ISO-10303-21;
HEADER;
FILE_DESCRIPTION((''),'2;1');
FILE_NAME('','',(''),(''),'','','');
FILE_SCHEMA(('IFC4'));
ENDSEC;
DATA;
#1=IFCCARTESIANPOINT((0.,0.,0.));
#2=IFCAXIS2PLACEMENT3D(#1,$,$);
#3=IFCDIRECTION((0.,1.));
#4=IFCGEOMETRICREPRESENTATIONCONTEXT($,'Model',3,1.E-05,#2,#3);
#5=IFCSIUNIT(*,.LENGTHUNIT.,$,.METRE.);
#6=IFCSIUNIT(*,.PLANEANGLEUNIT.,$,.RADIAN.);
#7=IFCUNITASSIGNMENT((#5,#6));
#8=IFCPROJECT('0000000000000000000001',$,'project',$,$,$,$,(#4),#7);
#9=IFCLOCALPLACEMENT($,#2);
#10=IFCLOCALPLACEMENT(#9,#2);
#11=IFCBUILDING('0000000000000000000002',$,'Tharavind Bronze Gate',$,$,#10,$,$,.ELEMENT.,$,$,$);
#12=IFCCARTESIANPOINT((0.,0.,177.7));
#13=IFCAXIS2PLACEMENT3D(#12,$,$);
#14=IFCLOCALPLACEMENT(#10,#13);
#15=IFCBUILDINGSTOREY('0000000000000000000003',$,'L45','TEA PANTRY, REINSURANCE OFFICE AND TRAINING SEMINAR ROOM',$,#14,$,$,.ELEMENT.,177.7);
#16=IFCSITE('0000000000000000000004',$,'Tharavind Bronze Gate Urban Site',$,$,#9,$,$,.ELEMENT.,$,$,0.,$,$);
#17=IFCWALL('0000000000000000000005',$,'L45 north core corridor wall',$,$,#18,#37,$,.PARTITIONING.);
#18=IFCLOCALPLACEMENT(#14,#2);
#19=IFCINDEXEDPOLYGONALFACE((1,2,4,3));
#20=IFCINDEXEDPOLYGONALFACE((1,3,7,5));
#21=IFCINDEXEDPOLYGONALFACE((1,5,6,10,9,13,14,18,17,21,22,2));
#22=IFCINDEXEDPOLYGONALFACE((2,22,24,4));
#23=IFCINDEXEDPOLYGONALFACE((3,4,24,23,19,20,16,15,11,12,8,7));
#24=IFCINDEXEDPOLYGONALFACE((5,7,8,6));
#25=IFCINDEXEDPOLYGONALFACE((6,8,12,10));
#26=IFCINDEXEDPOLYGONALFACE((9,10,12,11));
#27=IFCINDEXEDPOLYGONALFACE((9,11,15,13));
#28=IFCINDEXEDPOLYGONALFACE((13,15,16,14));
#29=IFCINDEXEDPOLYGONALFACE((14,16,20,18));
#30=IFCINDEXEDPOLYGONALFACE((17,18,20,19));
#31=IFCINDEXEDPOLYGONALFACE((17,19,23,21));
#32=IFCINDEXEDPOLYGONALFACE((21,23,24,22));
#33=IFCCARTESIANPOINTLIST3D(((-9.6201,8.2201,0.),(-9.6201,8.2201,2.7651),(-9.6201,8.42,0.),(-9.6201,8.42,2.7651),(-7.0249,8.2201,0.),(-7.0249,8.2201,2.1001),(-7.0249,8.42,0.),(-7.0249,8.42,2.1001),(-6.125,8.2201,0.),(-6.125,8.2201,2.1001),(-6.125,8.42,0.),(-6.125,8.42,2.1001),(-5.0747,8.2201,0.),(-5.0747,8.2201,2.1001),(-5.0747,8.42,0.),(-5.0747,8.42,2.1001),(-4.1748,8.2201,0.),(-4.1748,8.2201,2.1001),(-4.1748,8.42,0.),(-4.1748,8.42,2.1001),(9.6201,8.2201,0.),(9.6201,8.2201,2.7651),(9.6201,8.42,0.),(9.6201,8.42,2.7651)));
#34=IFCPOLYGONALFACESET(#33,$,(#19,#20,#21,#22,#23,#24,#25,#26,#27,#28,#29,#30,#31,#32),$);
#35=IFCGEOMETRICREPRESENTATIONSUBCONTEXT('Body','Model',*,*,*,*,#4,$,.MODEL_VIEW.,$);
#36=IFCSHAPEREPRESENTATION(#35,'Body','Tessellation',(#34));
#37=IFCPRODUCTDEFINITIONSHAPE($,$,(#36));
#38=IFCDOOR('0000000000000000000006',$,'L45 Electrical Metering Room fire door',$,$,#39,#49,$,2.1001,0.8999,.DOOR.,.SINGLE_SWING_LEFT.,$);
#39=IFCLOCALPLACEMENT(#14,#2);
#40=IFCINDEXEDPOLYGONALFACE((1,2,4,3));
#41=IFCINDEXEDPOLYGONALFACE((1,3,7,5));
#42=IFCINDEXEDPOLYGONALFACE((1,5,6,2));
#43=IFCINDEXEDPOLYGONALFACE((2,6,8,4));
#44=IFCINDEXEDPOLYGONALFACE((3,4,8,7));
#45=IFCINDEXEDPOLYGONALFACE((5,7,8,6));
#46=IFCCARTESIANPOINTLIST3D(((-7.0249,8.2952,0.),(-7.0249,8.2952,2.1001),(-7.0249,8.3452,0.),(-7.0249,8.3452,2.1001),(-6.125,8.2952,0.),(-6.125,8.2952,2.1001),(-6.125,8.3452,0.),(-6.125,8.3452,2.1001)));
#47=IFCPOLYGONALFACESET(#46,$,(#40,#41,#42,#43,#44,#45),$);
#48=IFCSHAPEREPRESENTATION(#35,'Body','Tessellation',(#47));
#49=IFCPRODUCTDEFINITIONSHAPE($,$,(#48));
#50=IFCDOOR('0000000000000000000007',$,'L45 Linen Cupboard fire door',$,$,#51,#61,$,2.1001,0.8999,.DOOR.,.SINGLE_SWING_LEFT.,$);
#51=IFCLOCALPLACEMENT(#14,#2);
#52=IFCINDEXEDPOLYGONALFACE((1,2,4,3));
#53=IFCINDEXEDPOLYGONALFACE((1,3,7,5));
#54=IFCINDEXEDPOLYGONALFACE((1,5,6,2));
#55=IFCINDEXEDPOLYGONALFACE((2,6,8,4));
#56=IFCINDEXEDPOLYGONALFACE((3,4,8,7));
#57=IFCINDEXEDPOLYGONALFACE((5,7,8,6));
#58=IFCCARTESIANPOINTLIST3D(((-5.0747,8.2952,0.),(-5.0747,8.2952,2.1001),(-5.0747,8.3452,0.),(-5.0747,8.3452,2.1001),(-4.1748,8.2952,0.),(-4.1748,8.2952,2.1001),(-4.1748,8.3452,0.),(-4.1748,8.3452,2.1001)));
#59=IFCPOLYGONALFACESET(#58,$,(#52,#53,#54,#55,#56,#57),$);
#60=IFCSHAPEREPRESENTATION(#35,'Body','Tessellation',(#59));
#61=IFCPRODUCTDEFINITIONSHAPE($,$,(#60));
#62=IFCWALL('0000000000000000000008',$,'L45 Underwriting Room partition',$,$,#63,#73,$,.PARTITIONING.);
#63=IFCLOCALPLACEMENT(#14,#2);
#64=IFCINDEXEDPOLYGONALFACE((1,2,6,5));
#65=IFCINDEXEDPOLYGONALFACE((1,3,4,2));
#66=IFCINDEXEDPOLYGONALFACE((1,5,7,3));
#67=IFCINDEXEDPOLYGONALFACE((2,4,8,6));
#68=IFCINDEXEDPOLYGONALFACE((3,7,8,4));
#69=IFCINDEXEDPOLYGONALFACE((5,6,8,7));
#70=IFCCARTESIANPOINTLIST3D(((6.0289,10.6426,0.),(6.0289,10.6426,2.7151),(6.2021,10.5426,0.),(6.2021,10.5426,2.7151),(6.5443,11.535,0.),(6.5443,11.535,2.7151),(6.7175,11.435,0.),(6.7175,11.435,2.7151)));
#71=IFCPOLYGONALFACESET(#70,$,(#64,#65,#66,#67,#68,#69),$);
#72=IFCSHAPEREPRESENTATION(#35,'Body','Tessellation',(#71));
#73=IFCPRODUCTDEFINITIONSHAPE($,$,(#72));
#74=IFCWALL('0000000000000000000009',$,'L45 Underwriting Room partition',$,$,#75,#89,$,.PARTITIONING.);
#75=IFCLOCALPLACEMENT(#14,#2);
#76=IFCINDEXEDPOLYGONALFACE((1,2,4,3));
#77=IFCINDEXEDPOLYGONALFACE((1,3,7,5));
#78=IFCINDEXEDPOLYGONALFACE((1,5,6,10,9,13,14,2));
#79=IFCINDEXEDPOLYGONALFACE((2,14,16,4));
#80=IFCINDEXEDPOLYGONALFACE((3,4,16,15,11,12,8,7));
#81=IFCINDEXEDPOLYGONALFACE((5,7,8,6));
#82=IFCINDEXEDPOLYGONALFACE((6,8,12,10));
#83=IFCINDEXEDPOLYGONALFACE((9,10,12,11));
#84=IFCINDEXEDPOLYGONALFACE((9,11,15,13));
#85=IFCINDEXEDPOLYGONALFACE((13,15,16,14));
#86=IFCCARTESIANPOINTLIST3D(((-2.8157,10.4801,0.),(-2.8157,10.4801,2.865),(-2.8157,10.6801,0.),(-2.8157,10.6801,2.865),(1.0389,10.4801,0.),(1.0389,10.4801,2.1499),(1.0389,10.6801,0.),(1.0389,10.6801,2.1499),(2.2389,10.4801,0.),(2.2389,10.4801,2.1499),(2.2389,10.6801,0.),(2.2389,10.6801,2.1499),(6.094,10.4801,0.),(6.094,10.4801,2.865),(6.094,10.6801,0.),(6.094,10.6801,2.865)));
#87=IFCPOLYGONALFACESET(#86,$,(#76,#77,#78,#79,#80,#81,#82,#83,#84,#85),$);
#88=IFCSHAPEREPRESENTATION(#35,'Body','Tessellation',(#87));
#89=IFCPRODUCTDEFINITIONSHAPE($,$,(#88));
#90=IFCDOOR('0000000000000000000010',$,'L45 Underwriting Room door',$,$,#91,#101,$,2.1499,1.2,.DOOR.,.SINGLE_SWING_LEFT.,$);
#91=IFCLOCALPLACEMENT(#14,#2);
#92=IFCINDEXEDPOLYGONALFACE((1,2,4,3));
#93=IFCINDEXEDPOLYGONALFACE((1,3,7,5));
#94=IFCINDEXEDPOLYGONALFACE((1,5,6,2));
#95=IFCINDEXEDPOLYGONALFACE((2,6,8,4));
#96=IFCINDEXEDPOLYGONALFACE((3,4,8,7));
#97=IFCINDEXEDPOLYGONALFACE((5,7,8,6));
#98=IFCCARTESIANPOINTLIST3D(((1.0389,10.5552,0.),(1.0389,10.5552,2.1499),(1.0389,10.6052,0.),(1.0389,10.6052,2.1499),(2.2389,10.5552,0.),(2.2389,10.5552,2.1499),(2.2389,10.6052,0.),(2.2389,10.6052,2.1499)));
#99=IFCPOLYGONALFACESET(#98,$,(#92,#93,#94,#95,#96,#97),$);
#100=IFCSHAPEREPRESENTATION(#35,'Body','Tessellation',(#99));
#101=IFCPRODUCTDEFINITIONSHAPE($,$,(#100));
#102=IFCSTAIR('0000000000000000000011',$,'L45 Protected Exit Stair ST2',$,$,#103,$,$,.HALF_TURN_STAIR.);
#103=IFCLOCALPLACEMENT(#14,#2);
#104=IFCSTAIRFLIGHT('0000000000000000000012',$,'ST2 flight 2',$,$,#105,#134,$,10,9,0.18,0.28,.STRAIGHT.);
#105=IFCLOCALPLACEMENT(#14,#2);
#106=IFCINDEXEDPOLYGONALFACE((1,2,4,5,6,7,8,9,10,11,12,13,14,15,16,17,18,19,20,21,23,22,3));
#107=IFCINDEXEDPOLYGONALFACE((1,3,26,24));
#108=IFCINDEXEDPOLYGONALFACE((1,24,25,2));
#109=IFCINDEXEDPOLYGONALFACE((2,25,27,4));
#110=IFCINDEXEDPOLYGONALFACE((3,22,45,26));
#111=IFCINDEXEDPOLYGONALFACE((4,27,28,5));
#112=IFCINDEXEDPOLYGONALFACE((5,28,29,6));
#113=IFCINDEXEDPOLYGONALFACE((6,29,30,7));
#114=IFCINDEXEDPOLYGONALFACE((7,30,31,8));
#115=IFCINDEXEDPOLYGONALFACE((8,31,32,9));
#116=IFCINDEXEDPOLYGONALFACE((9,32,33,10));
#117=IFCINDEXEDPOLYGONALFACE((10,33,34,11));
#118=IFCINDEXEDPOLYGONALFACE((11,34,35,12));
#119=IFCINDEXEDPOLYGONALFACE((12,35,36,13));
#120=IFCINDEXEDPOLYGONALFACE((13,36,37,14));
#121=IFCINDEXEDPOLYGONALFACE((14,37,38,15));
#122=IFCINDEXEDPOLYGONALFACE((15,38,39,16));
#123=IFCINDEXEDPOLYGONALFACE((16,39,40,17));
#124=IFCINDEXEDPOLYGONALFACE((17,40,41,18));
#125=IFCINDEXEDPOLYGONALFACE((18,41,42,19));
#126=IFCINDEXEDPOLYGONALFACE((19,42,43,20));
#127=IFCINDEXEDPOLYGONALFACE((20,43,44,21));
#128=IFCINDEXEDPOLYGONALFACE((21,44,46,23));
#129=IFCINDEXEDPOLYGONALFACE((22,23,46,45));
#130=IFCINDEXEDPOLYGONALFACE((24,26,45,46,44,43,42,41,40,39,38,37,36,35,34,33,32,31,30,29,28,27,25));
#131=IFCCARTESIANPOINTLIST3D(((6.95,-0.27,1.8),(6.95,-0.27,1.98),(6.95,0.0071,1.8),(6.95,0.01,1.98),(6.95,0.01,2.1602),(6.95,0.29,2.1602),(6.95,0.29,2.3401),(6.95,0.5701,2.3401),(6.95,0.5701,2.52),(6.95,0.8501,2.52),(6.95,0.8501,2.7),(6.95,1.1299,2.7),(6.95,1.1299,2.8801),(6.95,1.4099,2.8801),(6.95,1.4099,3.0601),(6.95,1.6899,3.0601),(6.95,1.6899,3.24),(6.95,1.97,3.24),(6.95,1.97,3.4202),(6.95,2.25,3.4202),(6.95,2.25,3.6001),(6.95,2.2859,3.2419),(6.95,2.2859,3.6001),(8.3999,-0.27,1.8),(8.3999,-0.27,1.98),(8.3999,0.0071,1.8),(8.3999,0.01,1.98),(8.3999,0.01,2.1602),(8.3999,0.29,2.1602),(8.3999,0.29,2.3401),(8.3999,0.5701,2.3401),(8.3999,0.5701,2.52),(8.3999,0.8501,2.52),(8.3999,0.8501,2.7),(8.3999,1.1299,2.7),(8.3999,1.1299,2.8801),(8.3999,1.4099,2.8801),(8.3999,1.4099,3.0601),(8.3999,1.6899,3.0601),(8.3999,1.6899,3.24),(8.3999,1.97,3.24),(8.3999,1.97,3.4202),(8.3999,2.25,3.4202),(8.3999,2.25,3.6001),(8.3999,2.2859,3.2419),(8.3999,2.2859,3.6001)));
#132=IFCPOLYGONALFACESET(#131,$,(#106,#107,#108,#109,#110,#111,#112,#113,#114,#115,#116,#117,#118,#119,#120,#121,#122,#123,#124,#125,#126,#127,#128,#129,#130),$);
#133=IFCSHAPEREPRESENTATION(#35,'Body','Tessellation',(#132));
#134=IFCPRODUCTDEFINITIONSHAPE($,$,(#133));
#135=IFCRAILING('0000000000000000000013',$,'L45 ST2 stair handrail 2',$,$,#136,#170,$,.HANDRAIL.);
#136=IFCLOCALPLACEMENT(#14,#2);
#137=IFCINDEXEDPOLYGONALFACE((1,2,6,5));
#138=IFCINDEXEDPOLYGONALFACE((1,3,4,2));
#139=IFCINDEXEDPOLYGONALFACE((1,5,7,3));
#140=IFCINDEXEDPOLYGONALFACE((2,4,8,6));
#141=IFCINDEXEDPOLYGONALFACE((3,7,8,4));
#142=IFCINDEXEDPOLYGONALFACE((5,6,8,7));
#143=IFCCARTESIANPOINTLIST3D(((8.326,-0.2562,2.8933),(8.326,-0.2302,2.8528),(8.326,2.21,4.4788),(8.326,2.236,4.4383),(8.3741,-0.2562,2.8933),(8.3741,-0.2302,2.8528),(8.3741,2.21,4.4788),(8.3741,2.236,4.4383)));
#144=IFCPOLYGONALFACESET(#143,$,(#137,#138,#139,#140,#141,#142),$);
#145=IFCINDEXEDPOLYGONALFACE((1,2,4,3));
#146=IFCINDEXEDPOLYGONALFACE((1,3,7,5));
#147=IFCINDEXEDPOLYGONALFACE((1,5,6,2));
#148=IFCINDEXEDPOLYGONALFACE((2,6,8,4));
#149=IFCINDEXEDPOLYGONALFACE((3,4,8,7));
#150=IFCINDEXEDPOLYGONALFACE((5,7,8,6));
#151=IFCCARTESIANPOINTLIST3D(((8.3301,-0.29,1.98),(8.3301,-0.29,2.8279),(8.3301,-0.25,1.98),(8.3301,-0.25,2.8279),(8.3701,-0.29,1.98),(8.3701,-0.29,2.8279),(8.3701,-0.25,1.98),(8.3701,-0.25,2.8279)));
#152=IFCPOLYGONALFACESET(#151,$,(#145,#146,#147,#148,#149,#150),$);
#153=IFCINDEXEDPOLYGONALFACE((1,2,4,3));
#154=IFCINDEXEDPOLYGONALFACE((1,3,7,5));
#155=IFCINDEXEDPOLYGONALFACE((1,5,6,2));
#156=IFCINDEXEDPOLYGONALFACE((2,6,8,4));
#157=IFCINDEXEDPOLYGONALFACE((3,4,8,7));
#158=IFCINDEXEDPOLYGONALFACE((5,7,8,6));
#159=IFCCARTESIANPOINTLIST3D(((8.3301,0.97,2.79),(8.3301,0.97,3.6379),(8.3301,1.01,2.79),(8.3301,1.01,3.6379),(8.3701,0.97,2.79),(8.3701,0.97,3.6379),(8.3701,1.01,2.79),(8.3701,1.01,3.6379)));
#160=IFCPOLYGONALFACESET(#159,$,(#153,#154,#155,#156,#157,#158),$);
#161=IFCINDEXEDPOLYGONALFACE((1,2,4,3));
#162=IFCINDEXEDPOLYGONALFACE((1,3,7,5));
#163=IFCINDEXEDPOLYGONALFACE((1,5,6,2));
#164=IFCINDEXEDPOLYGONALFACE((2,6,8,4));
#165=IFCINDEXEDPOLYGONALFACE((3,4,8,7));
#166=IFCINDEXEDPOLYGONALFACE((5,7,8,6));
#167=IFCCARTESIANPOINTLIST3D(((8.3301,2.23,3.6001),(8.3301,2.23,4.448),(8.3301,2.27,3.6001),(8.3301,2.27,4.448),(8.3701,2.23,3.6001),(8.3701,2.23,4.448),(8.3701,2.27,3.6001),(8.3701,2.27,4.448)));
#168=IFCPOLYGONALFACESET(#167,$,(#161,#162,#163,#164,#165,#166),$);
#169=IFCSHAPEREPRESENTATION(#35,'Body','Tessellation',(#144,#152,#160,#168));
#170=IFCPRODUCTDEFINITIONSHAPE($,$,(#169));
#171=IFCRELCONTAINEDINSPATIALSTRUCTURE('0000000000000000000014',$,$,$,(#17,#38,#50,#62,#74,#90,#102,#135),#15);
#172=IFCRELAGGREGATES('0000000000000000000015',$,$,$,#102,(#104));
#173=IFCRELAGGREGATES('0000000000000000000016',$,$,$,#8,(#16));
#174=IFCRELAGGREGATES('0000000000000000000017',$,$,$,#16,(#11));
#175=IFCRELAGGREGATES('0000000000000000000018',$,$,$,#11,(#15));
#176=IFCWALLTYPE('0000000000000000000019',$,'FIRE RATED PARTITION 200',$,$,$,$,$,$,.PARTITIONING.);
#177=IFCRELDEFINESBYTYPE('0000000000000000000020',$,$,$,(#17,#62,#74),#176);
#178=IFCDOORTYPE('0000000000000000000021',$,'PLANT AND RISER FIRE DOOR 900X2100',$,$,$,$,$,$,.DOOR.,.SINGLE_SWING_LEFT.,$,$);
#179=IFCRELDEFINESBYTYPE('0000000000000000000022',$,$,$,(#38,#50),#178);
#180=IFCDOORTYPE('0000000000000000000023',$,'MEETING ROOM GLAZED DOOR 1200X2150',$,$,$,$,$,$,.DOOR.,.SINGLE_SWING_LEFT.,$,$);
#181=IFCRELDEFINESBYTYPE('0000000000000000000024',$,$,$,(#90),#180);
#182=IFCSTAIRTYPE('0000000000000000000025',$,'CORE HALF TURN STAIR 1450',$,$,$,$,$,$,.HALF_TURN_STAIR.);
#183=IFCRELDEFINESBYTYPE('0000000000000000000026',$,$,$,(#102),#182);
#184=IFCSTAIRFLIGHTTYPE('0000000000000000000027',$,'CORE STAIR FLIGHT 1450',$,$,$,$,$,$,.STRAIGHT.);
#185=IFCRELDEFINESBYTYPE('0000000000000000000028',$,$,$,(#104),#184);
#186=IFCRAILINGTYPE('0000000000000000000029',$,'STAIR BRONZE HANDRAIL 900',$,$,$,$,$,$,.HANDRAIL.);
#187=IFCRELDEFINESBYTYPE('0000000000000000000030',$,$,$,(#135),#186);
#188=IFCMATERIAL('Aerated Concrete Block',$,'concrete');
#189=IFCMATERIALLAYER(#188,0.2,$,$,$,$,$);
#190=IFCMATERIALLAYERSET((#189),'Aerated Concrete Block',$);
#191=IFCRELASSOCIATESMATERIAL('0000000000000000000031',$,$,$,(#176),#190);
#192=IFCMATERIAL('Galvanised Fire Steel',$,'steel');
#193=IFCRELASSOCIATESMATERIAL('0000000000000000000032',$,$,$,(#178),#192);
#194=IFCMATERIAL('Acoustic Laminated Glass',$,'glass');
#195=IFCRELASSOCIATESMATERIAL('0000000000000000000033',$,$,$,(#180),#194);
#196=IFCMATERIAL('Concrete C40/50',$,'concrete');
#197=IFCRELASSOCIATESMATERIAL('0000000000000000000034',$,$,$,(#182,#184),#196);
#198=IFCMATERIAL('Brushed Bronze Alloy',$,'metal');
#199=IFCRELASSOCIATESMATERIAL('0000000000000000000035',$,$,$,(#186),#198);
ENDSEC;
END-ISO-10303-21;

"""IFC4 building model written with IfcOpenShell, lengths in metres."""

from ifc_helpers import new_model, si_unit, direction, frame, frame_2d, origin, origin_2d, place, context, subcontext, project, spatial, polyline, rectangle, outline, extrude, material, layer, layer_set, type_object, element, fill, aggregate, save


model = new_model("IFC4")

# Units and contexts
model_context = context("Model", 3, precision=1e-05, world=origin(), true_north=direction((0.0, 1.0)))
body_context = subcontext(model_context, "Body", "Model", "MODEL_VIEW")
ifc_project = project(units=[si_unit("LENGTHUNIT", "METRE"), si_unit("PLANEANGLEUNIT", "RADIAN")], contexts=[model_context])

# Site, building, storey
site_placement = place(None, origin())
site = spatial("IfcSite", under=ifc_project, at=site_placement, Name="Tharavind Bronze Gate Urban Site", CompositionType="ELEMENT", RefElevation=0.0)
building_placement = place(site_placement, origin())
building = spatial("IfcBuilding", under=site, at=building_placement, Name="Tharavind Bronze Gate", CompositionType="ELEMENT")
storey_placement = place(building_placement, frame((0.0, 0.0, 177.7)))
storey = spatial("IfcBuildingStorey", under=building, at=storey_placement, Name="L45", Description="TEA PANTRY, REINSURANCE OFFICE AND TRAINING SEMINAR ROOM", CompositionType="ELEMENT", Elevation=177.7)

# Wall, openings, doors
ifc_material_1 = material(Name="Aerated Concrete Block", Category="concrete")
ifc_layer_1 = layer(ifc_material_1, 0.2)
ifc_layer_set_1 = layer_set([ifc_layer_1], Name="Aerated Concrete Block")
wall_type = type_object("IfcWallType", Name="FIRE RATED PARTITION 200", PredefinedType="PARTITIONING", material=ifc_layer_set_1)
wall_1_placement = place(storey_placement, frame((9.6201, 8.3201, 0.0), z_axis=(0.0, 0.0, 1.0), x_axis=(-1.0, 0.0, 0.0)))
wall_1 = element("IfcWall", 1, at=wall_1_placement, inside=storey, type_object=wall_type, Name="L45 north core corridor wall", PredefinedType="PARTITIONING", context=body_context, shape_type="SweptSolid", body=[
    extrude(rectangle(XDim=19.2402, YDim=0.2, at=frame_2d((9.6201, 0.0))), origin(), (0.0, 0.0, 1.0), 2.7651),
])
opening_1_placement = place(wall_1_placement, frame((15.7451, 0.0, 0.0)))
opening_1 = element("IfcOpeningElement", 2, at=opening_1_placement, cuts=wall_1, PredefinedType="OPENING", context=body_context, shape_type="SweptSolid", body=[
    extrude(rectangle(XDim=0.8999, YDim=2.1001, at=frame_2d((0.45, 1.05))), frame((0.0, 0.1101, 0.0), z_axis=(0.0, -1.0, 0.0), x_axis=(1.0, 0.0, 0.0)), (0.0, 0.0, 1.0), 0.22),
])
opening_2_placement = place(wall_1_placement, frame((13.7949, 0.0, 0.0)))
opening_2 = element("IfcOpeningElement", 3, at=opening_2_placement, cuts=wall_1, PredefinedType="OPENING", context=body_context, shape_type="SweptSolid", body=[
    extrude(rectangle(XDim=0.8999, YDim=2.1001, at=frame_2d((0.45, 1.05))), frame((0.0, 0.1101, 0.0), z_axis=(0.0, -1.0, 0.0), x_axis=(1.0, 0.0, 0.0)), (0.0, 0.0, 1.0), 0.22),
])
ifc_material_2 = material(Name="Galvanised Fire Steel", Category="steel")
door_type_1 = type_object("IfcDoorType", Name="PLANT AND RISER FIRE DOOR 900X2100", OperationType="SINGLE_SWING_LEFT", PredefinedType="DOOR", material=ifc_material_2)
door_1_placement = place(opening_1_placement, origin())
door_1 = element("IfcDoor", 4, at=door_1_placement, inside=storey, type_object=door_type_1, Name="L45 Electrical Metering Room fire door", OperationType="SINGLE_SWING_LEFT", OverallHeight=2.1001, OverallWidth=0.8999, PredefinedType="DOOR", context=body_context, shape_type="SweptSolid", body=[
    extrude(rectangle(XDim=0.8999, YDim=2.1001, at=frame_2d((0.45, 1.05))), frame((0.0, 0.0249, 0.0), z_axis=(0.0, -1.0, 0.0), x_axis=(1.0, 0.0, 0.0)), (0.0, 0.0, 1.0), 0.05),
])
fill(opening_1, door_1)
door_2_placement = place(opening_2_placement, origin())
door_2 = element("IfcDoor", 5, at=door_2_placement, inside=storey, type_object=door_type_1, Name="L45 Linen Cupboard fire door", OperationType="SINGLE_SWING_LEFT", OverallHeight=2.1001, OverallWidth=0.8999, PredefinedType="DOOR", context=body_context, shape_type="SweptSolid", body=[
    extrude(rectangle(XDim=0.8999, YDim=2.1001, at=frame_2d((0.45, 1.05))), frame((0.0, 0.0249, 0.0), z_axis=(0.0, -1.0, 0.0), x_axis=(1.0, 0.0, 0.0)), (0.0, 0.0, 1.0), 0.05),
])
fill(opening_2, door_2)

# Wall
wall_2_placement = place(storey_placement, frame((6.6309, 11.4849, 0.0), z_axis=(0.0, 0.0, 1.0), x_axis=(-0.500139, -0.865945, 0.0)))
element("IfcWall", 6, at=wall_2_placement, inside=storey, type_object=wall_type, Name="L45 Underwriting Room partition", PredefinedType="PARTITIONING", context=body_context, shape_type="SweptSolid", body=[
    extrude(rectangle(XDim=1.0305, YDim=0.2, at=frame_2d((0.5151, 0.0))), origin(), (0.0, 0.0, 1.0), 2.7151),
])

# Wall, opening, door
wall_3_placement = place(storey_placement, frame((6.094, 10.5801, 0.0), z_axis=(0.0, 0.0, 1.0), x_axis=(-1.0, 0.0, 0.0)))
wall_3 = element("IfcWall", 7, at=wall_3_placement, inside=storey, type_object=wall_type, Name="L45 Underwriting Room partition", PredefinedType="PARTITIONING", context=body_context, shape_type="SweptSolid", body=[
    extrude(rectangle(XDim=8.9097, YDim=0.2, at=frame_2d((4.4548, 0.0))), origin(), (0.0, 0.0, 1.0), 2.865),
])
opening_3_placement = place(wall_3_placement, frame((3.855, 0.0, 0.0)))
opening_3 = element("IfcOpeningElement", 8, at=opening_3_placement, cuts=wall_3, PredefinedType="OPENING", context=body_context, shape_type="SweptSolid", body=[
    extrude(rectangle(XDim=1.2, YDim=2.1499, at=frame_2d((0.6001, 1.075))), frame((0.0, 0.1101, 0.0), z_axis=(0.0, -1.0, 0.0), x_axis=(1.0, 0.0, 0.0)), (0.0, 0.0, 1.0), 0.22),
])
ifc_material_3 = material(Name="Acoustic Laminated Glass", Category="glass")
door_type_2 = type_object("IfcDoorType", Name="MEETING ROOM GLAZED DOOR 1200X2150", OperationType="SINGLE_SWING_LEFT", PredefinedType="DOOR", material=ifc_material_3)
door_3_placement = place(opening_3_placement, origin())
door_3 = element("IfcDoor", 9, at=door_3_placement, inside=storey, type_object=door_type_2, Name="L45 Underwriting Room door", OperationType="SINGLE_SWING_LEFT", OverallHeight=2.1499, OverallWidth=1.2, PredefinedType="DOOR", context=body_context, shape_type="SweptSolid", body=[
    extrude(rectangle(XDim=1.2, YDim=2.1499, at=frame_2d((0.6001, 1.075))), frame((0.0, 0.0249, 0.0), z_axis=(0.0, -1.0, 0.0), x_axis=(1.0, 0.0, 0.0)), (0.0, 0.0, 1.0), 0.05),
])
fill(opening_3, door_3)

# Stair, stair flight
ifc_material_4 = material(Name="Concrete C40/50", Category="concrete")
stair_type = type_object("IfcStairType", Name="CORE HALF TURN STAIR 1450", PredefinedType="HALF_TURN_STAIR", material=ifc_material_4)
stair_placement = place(storey_placement, origin())
stair = element("IfcStair", 10, at=stair_placement, inside=storey, type_object=stair_type, Name="L45 Protected Exit Stair ST2", PredefinedType="HALF_TURN_STAIR")
stair_flight_type = type_object("IfcStairFlightType", Name="CORE STAIR FLIGHT 1450", PredefinedType="STRAIGHT", material=ifc_material_4)
stair_flight_placement = place(storey_placement, frame((7.675, -0.27, 1.8), z_axis=(0.0, 0.0, 1.0), x_axis=(0.0, 1.0, 0.0)))
stair_flight = element("IfcStairFlight", 11, at=stair_flight_placement, type_object=stair_flight_type, Name="ST2 flight 2", NumberOfRisers=10, NumberOfTreads=9, PredefinedType="STRAIGHT", RiserHeight=0.18, TreadLength=0.28, context=body_context, shape_type="SweptSolid", body=[
    extrude(outline(polyline([(0.0, 0.0), (0.0, 0.1799), (0.28, 0.1799), (0.28, 0.3601), (0.5601, 0.3601), (0.5601, 0.54), (0.8401, 0.54), (0.8401, 0.72), (1.1201, 0.72), (1.1201, 0.8999), (1.3999, 0.8999), (1.3999, 1.0801), (1.6799, 1.0801), (1.6799, 1.26), (1.96, 1.26), (1.96, 1.4399), (2.24, 1.4399), (2.24, 1.6201), (2.52, 1.6201), (2.52, 1.8), (2.5559, 1.8), (2.5559, 1.4419), (0.2771, 0.0), (0.0, 0.0)])), frame((0.0, 0.7251, 0.0), z_axis=(0.0, -1.0, 0.0), x_axis=(1.0, 0.0, 0.0)), (0.0, 0.0, 1.0), 1.45),
])
aggregate(stair, [stair_flight])

# Railing
ifc_material_5 = material(Name="Brushed Bronze Alloy", Category="metal")
railing_type_1 = type_object("IfcRailingType", Name="STAIR BRONZE HANDRAIL 900", PredefinedType="HANDRAIL", material=ifc_material_5)
railing_1_placement = place(storey_placement, frame((8.3501, -0.27, 1.98)))
element("IfcRailing", 12, at=railing_1_placement, inside=storey, type_object=railing_type_1, Name="L45 ST2 stair handrail 2", PredefinedType="HANDRAIL", context=body_context, shape_type="SweptSolid", body=[
    extrude(rectangle(XDim=0.0481, YDim=0.0481, at=origin_2d()), frame((0.0, 0.0269, 0.8931), z_axis=(0.0, 0.841163, 0.540782), x_axis=(-1.0, 0.0, 0.0)), (0.0, 0.0, 1.0), 2.9319),
    extrude(rectangle(XDim=0.04, YDim=0.04, at=origin_2d()), origin(), (0.0, 0.0, 1.0), 0.8479),
    extrude(rectangle(XDim=0.04, YDim=0.04, at=origin_2d()), frame((0.0, 1.26, 0.8101)), (0.0, 0.0, 1.0), 0.8479),
    extrude(rectangle(XDim=0.04, YDim=0.04, at=origin_2d()), frame((0.0, 2.52, 1.6201)), (0.0, 0.0, 1.0), 0.8479),
])

save(model, "model.ifc")
